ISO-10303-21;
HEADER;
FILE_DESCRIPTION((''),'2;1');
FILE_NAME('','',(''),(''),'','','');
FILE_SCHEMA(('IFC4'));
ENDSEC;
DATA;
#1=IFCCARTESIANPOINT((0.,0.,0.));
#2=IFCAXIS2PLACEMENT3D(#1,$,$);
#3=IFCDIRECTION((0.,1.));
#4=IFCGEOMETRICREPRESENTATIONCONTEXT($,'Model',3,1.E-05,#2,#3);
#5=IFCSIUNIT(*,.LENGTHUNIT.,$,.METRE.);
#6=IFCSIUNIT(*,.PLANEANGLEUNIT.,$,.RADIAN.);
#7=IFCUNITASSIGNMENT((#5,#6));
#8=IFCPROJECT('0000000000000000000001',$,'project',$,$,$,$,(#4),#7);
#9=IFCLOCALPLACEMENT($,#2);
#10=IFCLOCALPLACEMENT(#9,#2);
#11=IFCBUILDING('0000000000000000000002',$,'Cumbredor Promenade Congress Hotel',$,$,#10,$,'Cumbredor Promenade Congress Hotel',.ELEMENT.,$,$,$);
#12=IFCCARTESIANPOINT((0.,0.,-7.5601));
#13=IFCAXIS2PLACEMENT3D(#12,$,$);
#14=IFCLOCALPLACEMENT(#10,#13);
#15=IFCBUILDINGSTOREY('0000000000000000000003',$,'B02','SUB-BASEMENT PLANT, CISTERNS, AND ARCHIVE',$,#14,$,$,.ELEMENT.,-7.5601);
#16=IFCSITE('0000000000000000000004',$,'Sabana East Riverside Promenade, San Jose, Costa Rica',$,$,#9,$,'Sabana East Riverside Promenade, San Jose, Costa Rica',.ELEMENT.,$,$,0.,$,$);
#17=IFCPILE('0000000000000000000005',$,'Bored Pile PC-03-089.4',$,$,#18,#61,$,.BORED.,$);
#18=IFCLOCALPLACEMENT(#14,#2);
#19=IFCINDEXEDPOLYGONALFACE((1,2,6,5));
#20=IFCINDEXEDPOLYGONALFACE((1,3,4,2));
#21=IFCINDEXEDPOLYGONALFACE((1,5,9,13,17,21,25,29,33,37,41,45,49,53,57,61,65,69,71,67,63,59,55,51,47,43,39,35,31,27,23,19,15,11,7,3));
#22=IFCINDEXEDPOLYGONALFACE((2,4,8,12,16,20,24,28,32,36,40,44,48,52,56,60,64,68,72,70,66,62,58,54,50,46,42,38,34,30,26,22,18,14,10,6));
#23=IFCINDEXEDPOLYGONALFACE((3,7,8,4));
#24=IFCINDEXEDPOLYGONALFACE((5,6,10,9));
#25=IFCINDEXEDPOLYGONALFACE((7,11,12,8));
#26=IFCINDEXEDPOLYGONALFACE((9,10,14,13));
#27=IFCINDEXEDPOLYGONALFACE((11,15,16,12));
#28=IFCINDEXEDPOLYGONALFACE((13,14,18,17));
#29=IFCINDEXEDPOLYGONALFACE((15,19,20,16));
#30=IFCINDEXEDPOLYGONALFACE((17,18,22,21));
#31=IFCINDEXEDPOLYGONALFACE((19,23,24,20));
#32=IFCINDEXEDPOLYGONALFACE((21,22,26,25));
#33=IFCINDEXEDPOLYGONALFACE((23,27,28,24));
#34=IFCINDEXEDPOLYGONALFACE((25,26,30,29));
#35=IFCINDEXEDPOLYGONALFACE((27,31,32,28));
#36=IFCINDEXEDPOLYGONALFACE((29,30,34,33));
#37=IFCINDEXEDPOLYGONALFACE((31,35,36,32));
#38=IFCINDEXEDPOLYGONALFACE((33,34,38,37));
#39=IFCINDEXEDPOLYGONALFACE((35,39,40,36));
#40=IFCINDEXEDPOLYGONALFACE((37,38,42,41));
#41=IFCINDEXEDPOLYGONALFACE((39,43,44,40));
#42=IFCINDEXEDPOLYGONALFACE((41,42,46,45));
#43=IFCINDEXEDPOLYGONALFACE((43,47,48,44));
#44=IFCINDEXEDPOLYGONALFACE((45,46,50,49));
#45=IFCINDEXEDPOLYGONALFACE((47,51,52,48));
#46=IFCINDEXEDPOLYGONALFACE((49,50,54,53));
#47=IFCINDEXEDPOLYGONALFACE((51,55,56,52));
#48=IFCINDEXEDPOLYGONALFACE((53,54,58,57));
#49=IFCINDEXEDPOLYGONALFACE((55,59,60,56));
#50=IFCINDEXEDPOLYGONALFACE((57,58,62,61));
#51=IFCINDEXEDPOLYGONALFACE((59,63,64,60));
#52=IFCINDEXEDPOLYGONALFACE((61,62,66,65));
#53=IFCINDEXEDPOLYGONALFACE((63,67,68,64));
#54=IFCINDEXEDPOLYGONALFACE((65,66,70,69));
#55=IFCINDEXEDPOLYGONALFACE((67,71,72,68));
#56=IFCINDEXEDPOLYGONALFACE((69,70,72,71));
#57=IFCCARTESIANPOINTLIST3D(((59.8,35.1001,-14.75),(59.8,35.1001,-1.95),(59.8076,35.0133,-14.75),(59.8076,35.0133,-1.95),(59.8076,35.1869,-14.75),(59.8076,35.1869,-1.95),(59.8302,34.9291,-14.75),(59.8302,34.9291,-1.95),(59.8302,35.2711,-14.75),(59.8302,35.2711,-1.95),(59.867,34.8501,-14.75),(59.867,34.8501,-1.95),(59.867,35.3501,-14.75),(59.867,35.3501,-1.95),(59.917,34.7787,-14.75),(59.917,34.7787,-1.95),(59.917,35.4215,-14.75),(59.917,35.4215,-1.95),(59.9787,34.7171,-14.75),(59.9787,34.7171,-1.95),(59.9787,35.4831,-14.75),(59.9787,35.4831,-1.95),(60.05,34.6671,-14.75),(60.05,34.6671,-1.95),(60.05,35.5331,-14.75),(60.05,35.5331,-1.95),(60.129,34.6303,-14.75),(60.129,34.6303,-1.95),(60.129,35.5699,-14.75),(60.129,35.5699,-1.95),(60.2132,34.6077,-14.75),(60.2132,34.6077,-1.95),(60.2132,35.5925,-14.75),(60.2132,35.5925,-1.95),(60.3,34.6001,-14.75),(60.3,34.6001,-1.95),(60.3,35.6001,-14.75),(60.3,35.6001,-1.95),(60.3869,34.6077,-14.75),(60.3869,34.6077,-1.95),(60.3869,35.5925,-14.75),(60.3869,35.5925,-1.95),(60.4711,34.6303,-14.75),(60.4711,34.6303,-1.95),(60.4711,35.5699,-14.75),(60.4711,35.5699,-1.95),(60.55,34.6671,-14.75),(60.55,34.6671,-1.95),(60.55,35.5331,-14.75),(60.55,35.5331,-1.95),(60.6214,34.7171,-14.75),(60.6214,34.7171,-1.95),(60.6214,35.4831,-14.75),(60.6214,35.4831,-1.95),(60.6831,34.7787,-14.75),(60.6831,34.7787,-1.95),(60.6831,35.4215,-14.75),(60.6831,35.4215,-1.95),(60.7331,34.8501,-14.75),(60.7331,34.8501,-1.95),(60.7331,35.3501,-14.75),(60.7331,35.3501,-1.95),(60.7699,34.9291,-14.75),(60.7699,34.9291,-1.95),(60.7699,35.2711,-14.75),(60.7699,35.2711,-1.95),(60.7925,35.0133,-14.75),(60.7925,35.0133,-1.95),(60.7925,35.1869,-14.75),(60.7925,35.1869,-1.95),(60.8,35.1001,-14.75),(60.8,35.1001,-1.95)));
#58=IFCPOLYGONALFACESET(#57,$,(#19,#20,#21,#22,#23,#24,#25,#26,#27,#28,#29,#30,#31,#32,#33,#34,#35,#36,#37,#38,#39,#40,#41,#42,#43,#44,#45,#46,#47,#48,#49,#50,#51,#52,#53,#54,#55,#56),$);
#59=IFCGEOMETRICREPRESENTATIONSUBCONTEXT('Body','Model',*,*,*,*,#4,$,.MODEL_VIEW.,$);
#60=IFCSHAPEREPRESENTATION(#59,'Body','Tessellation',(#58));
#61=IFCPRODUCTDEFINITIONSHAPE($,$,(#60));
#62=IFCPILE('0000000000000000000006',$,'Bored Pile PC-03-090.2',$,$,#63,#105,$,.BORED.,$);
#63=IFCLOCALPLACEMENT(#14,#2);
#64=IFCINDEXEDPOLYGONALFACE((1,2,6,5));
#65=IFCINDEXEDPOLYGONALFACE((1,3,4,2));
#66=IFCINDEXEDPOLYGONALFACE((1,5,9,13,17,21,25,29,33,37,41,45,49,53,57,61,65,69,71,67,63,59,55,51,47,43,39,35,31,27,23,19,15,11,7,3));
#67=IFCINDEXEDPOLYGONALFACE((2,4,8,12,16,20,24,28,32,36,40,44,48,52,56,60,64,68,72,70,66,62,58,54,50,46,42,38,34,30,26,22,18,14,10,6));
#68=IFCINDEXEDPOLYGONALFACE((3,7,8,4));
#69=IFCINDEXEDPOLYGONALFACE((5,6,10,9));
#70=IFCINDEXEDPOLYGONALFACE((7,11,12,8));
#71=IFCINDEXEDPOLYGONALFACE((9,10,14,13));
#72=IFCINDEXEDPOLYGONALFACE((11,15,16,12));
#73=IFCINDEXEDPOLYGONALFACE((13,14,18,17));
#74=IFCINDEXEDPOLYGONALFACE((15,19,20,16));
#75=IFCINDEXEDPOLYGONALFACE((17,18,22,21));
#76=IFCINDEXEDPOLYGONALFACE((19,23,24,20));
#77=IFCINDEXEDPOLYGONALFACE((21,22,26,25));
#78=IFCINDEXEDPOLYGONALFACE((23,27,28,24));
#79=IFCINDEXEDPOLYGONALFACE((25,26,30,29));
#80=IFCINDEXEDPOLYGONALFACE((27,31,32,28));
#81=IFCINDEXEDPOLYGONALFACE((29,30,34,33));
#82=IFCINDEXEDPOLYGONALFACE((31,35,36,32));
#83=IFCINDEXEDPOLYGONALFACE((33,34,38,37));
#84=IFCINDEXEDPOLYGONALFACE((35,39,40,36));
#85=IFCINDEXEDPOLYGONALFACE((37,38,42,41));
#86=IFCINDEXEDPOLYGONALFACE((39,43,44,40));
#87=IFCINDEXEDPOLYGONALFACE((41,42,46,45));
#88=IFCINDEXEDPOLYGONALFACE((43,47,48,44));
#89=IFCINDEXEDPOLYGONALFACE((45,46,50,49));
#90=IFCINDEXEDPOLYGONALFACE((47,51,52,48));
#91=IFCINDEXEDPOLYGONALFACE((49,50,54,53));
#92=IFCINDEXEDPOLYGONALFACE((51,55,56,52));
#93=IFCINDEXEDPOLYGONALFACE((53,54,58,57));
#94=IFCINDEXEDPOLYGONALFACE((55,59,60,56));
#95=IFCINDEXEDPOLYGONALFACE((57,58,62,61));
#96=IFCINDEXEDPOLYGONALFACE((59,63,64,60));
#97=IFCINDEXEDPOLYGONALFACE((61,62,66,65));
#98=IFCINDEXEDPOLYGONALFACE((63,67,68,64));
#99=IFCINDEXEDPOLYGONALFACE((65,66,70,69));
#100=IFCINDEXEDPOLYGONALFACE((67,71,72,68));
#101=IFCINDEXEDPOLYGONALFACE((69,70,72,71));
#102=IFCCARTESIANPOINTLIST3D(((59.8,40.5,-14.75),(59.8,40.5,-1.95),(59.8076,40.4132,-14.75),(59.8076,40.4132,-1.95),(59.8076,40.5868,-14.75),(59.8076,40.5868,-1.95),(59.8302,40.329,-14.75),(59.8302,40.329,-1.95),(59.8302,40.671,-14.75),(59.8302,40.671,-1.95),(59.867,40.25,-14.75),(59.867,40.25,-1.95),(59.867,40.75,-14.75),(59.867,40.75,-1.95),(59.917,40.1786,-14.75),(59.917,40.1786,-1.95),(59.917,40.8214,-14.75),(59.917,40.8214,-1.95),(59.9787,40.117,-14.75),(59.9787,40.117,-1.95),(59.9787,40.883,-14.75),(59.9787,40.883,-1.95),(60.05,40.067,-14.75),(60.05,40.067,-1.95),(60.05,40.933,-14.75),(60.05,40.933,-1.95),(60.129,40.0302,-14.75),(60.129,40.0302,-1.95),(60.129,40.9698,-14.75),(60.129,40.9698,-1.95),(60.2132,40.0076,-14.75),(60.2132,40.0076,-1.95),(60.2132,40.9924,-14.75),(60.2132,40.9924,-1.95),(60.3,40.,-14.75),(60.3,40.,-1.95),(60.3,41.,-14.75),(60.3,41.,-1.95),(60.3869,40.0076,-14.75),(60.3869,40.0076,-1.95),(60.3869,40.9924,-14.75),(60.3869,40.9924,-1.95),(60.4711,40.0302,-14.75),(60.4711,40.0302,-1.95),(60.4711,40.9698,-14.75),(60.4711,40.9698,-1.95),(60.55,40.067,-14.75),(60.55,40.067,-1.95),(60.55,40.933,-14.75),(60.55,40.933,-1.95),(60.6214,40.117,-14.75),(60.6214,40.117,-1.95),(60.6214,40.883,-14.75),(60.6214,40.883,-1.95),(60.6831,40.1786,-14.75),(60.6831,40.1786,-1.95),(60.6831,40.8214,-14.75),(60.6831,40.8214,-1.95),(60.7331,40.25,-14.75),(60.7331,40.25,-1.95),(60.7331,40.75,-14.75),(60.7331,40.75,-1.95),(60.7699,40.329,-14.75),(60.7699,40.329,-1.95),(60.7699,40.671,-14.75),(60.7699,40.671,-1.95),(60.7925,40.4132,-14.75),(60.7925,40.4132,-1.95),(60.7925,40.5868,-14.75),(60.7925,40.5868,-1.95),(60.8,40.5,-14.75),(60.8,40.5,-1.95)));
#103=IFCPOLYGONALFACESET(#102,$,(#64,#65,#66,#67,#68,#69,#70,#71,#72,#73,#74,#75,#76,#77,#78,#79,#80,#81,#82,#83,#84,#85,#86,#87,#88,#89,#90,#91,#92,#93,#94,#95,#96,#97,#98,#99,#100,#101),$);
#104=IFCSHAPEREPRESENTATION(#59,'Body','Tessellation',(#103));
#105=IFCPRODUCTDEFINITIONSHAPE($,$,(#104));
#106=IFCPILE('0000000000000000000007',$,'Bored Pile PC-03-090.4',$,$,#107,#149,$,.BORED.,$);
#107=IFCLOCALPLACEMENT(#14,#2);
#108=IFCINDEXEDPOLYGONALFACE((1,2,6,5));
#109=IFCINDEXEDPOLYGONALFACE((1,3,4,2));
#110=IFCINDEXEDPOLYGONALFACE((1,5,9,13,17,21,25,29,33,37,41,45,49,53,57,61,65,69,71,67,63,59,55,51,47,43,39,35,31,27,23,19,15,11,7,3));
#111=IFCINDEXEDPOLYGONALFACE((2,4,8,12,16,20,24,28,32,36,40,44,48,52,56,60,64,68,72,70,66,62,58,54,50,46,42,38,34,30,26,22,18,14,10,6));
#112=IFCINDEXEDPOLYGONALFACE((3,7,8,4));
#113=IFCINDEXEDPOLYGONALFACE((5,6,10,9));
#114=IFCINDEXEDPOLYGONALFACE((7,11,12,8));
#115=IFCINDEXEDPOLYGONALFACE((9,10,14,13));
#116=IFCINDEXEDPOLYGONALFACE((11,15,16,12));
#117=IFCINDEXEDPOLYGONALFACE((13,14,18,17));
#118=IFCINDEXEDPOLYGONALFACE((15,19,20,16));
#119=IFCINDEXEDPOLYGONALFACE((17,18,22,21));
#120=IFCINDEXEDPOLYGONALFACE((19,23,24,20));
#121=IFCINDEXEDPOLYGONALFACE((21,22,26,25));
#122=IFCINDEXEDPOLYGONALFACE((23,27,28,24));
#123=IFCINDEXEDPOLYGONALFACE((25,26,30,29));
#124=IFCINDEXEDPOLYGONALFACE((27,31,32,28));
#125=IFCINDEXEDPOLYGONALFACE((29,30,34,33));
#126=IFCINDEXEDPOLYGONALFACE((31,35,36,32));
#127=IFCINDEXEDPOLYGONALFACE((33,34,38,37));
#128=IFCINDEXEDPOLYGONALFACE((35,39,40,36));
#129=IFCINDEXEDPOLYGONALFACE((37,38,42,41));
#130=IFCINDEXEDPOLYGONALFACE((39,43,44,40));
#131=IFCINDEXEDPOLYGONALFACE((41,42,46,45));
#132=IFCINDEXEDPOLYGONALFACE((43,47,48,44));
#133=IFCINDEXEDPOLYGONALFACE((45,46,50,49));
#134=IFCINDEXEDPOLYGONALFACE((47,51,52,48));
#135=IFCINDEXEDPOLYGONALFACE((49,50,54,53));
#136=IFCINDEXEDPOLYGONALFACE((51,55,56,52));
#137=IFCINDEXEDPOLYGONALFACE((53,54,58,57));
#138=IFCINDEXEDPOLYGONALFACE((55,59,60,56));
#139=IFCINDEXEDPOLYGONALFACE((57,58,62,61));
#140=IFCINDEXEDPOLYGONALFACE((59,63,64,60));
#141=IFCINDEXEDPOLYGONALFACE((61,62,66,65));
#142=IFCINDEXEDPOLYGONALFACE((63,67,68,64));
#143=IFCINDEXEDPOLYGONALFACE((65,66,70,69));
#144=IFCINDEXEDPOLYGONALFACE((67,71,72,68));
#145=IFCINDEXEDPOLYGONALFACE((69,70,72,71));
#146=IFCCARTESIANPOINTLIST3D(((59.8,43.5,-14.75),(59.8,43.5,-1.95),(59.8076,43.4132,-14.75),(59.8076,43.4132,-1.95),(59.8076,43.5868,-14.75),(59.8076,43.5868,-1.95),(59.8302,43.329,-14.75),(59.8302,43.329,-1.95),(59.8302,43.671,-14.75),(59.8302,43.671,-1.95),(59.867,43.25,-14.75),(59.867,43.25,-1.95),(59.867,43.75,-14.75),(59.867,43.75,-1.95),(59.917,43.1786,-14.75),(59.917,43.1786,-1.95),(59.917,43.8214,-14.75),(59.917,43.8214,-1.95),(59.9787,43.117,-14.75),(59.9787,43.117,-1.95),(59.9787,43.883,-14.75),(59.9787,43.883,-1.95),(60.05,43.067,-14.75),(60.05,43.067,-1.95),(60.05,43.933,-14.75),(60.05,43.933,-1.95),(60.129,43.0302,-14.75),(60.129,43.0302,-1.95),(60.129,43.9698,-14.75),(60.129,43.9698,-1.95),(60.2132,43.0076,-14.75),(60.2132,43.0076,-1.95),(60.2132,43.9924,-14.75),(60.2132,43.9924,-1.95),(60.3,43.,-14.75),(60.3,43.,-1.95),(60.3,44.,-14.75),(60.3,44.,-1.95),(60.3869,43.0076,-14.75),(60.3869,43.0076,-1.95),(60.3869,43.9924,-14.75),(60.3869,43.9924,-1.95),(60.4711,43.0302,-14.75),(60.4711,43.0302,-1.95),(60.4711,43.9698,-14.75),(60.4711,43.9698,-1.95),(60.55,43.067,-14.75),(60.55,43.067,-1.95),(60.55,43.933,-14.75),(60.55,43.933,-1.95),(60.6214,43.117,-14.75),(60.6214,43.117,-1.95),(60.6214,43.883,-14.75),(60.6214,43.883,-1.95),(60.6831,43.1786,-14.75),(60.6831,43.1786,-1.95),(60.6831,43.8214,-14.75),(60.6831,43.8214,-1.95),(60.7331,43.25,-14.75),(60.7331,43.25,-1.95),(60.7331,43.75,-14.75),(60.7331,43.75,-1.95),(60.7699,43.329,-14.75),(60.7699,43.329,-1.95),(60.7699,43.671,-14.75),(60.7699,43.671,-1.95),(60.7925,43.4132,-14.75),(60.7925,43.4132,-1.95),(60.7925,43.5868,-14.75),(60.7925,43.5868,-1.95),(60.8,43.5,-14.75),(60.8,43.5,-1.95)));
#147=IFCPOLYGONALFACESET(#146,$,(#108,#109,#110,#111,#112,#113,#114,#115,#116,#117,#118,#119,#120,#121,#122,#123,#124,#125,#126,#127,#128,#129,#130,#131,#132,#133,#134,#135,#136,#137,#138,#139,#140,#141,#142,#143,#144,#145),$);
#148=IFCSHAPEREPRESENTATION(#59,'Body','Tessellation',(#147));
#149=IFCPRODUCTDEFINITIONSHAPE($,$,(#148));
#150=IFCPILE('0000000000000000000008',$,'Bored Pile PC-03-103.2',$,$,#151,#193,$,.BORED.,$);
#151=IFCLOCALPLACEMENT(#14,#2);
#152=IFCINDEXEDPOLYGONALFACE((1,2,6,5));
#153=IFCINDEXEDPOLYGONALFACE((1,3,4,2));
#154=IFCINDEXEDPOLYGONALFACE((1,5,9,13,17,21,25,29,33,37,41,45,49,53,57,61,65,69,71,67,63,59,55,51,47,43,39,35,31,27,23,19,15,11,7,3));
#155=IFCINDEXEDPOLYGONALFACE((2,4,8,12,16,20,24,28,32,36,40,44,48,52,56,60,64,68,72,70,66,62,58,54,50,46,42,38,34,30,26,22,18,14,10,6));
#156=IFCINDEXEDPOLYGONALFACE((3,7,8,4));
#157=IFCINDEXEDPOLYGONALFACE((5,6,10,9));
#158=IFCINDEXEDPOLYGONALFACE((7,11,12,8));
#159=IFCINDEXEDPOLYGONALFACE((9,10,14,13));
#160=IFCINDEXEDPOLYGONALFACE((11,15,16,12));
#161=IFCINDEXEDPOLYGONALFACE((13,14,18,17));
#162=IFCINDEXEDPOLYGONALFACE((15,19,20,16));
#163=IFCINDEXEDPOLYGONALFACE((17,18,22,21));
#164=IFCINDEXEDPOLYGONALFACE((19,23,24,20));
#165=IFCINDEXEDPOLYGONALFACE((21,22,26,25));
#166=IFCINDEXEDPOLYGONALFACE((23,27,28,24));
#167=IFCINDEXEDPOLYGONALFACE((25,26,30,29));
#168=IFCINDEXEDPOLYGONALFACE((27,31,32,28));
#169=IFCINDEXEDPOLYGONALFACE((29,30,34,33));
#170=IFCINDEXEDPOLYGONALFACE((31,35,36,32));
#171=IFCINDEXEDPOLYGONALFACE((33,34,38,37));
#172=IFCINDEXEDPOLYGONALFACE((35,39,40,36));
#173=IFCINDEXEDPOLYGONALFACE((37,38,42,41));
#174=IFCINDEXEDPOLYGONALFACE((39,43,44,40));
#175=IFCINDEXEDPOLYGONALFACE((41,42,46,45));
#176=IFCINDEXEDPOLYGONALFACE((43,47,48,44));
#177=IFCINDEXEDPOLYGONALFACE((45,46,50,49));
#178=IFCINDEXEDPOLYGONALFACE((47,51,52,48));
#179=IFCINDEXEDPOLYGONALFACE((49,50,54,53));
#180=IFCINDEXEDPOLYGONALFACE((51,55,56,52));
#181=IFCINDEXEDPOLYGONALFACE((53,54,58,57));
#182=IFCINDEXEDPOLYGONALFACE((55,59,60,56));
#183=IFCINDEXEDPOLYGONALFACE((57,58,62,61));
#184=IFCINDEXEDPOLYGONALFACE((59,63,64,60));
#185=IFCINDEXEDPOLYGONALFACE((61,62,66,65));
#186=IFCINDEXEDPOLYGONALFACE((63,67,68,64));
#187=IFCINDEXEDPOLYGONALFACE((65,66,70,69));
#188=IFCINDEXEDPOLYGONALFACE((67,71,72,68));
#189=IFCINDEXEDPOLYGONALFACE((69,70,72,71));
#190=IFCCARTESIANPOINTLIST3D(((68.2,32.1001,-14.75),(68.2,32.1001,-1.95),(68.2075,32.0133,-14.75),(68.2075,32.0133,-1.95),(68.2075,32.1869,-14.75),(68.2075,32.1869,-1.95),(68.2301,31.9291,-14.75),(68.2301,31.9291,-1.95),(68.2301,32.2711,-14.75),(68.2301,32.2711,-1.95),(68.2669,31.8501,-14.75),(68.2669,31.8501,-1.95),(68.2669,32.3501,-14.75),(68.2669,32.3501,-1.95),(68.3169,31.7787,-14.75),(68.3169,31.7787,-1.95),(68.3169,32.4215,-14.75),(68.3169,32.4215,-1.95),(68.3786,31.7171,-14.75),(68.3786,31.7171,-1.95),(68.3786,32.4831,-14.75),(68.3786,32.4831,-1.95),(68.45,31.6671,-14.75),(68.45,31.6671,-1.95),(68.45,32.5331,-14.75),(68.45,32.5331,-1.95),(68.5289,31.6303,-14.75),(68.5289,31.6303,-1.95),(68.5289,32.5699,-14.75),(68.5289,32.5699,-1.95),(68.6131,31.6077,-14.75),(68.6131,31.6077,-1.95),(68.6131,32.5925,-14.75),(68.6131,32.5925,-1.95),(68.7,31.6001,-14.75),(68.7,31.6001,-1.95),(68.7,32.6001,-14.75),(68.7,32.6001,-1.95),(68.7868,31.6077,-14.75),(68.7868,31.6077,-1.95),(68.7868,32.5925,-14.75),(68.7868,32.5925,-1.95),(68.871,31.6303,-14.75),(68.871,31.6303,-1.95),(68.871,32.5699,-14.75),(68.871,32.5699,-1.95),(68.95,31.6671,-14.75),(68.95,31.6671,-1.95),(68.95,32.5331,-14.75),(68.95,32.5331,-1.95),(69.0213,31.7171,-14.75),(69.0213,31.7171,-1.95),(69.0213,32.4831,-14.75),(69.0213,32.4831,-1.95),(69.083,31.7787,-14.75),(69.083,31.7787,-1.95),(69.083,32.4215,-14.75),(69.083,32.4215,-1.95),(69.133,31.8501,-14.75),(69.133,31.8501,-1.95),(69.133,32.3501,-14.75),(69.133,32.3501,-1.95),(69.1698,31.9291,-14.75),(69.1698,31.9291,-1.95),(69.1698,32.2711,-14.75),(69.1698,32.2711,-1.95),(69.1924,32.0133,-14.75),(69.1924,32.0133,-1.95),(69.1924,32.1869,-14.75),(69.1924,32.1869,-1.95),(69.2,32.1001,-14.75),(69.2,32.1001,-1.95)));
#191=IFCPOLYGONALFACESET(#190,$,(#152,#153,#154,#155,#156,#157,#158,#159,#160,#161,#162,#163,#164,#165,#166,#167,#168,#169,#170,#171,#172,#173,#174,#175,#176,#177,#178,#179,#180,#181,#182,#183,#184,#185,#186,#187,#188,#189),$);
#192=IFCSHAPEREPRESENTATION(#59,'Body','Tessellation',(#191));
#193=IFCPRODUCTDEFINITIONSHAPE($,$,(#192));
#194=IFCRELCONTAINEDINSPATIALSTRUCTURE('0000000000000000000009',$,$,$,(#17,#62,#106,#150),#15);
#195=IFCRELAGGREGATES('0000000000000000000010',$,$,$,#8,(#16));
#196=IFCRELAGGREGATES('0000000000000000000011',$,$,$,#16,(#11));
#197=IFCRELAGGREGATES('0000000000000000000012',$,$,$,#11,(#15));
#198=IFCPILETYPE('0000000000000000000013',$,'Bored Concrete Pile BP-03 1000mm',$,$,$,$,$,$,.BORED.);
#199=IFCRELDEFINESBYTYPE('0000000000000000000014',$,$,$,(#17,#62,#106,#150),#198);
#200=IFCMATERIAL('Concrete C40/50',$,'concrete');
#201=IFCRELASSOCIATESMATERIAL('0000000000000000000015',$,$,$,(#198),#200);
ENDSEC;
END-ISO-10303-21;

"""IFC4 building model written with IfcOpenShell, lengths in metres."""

from ifc_helpers import new_model, si_unit, direction, frame, origin, origin_2d, place, context, subcontext, project, spatial, circle, extrude, material, material_profile, profile_set, type_object, element, save


model = new_model("IFC4")

# Units and contexts
model_context = context("Model", 3, precision=1e-05, world=origin(), true_north=direction((0.0, 1.0)))
body_context = subcontext(model_context, "Body", "Model", "MODEL_VIEW")
ifc_project = project(units=[si_unit("LENGTHUNIT", "METRE"), si_unit("PLANEANGLEUNIT", "RADIAN")], contexts=[model_context])

# Site, building, storey
site_placement = place(None, origin())
site = spatial("IfcSite", under=ifc_project, at=site_placement, Name="Sabana East Riverside Promenade, San Jose, Costa Rica", LongName="Sabana East Riverside Promenade, San Jose, Costa Rica", CompositionType="ELEMENT", RefElevation=0.0)
building_placement = place(site_placement, origin())
building = spatial("IfcBuilding", under=site, at=building_placement, Name="Cumbredor Promenade Congress Hotel", LongName="Cumbredor Promenade Congress Hotel", CompositionType="ELEMENT")
storey_placement = place(building_placement, frame((0.0, 0.0, -7.5601)))
storey = spatial("IfcBuildingStorey", under=building, at=storey_placement, Name="B02", Description="SUB-BASEMENT PLANT, CISTERNS, AND ARCHIVE", CompositionType="ELEMENT", Elevation=-7.5601)

# Piles
ifc_material_1 = material(Name="Concrete C40/50", Category="concrete")
ifc_material_profile_1 = material_profile(ifc_material_1, circle(Radius=0.5, at=origin_2d()), Name="PILE D1000")
ifc_profile_set_1 = profile_set([ifc_material_profile_1], Name="Concrete C40/50")
pile_type = type_object("IfcPileType", Name="Bored Concrete Pile BP-03 1000mm", PredefinedType="BORED", material=ifc_profile_set_1)
for number, where, z_axis, x_axis, name in (
    (1, (60.3, 35.1001, -1.95), (0.0, 0.0, -1.0), (1.0, 0.0, 0.0), "Bored Pile PC-03-089.4"),
    (2, (60.3, 40.5, -1.95), (0.0, 0.0, -1.0), (1.0, 0.0, 0.0), "Bored Pile PC-03-090.2"),
    (3, (60.3, 43.5, -1.95), (0.0, 0.0, -1.0), (1.0, 0.0, 0.0), "Bored Pile PC-03-090.4"),
    (4, (68.7, 32.1001, -1.95), (0.0, 0.0, -1.0), (1.0, 0.0, 0.0), "Bored Pile PC-03-103.2"),
):
    element("IfcPile", number, at=place(storey_placement, frame(where, z_axis=z_axis, x_axis=x_axis)), inside=storey, type_object=pile_type, Name=name, PredefinedType="BORED", context=body_context, shape_type="SweptSolid", body=[
        extrude(circle(Radius=0.5, at=origin_2d()), origin(), (0.0, 0.0, 1.0), 12.8),
    ])

save(model, "model.ifc")
